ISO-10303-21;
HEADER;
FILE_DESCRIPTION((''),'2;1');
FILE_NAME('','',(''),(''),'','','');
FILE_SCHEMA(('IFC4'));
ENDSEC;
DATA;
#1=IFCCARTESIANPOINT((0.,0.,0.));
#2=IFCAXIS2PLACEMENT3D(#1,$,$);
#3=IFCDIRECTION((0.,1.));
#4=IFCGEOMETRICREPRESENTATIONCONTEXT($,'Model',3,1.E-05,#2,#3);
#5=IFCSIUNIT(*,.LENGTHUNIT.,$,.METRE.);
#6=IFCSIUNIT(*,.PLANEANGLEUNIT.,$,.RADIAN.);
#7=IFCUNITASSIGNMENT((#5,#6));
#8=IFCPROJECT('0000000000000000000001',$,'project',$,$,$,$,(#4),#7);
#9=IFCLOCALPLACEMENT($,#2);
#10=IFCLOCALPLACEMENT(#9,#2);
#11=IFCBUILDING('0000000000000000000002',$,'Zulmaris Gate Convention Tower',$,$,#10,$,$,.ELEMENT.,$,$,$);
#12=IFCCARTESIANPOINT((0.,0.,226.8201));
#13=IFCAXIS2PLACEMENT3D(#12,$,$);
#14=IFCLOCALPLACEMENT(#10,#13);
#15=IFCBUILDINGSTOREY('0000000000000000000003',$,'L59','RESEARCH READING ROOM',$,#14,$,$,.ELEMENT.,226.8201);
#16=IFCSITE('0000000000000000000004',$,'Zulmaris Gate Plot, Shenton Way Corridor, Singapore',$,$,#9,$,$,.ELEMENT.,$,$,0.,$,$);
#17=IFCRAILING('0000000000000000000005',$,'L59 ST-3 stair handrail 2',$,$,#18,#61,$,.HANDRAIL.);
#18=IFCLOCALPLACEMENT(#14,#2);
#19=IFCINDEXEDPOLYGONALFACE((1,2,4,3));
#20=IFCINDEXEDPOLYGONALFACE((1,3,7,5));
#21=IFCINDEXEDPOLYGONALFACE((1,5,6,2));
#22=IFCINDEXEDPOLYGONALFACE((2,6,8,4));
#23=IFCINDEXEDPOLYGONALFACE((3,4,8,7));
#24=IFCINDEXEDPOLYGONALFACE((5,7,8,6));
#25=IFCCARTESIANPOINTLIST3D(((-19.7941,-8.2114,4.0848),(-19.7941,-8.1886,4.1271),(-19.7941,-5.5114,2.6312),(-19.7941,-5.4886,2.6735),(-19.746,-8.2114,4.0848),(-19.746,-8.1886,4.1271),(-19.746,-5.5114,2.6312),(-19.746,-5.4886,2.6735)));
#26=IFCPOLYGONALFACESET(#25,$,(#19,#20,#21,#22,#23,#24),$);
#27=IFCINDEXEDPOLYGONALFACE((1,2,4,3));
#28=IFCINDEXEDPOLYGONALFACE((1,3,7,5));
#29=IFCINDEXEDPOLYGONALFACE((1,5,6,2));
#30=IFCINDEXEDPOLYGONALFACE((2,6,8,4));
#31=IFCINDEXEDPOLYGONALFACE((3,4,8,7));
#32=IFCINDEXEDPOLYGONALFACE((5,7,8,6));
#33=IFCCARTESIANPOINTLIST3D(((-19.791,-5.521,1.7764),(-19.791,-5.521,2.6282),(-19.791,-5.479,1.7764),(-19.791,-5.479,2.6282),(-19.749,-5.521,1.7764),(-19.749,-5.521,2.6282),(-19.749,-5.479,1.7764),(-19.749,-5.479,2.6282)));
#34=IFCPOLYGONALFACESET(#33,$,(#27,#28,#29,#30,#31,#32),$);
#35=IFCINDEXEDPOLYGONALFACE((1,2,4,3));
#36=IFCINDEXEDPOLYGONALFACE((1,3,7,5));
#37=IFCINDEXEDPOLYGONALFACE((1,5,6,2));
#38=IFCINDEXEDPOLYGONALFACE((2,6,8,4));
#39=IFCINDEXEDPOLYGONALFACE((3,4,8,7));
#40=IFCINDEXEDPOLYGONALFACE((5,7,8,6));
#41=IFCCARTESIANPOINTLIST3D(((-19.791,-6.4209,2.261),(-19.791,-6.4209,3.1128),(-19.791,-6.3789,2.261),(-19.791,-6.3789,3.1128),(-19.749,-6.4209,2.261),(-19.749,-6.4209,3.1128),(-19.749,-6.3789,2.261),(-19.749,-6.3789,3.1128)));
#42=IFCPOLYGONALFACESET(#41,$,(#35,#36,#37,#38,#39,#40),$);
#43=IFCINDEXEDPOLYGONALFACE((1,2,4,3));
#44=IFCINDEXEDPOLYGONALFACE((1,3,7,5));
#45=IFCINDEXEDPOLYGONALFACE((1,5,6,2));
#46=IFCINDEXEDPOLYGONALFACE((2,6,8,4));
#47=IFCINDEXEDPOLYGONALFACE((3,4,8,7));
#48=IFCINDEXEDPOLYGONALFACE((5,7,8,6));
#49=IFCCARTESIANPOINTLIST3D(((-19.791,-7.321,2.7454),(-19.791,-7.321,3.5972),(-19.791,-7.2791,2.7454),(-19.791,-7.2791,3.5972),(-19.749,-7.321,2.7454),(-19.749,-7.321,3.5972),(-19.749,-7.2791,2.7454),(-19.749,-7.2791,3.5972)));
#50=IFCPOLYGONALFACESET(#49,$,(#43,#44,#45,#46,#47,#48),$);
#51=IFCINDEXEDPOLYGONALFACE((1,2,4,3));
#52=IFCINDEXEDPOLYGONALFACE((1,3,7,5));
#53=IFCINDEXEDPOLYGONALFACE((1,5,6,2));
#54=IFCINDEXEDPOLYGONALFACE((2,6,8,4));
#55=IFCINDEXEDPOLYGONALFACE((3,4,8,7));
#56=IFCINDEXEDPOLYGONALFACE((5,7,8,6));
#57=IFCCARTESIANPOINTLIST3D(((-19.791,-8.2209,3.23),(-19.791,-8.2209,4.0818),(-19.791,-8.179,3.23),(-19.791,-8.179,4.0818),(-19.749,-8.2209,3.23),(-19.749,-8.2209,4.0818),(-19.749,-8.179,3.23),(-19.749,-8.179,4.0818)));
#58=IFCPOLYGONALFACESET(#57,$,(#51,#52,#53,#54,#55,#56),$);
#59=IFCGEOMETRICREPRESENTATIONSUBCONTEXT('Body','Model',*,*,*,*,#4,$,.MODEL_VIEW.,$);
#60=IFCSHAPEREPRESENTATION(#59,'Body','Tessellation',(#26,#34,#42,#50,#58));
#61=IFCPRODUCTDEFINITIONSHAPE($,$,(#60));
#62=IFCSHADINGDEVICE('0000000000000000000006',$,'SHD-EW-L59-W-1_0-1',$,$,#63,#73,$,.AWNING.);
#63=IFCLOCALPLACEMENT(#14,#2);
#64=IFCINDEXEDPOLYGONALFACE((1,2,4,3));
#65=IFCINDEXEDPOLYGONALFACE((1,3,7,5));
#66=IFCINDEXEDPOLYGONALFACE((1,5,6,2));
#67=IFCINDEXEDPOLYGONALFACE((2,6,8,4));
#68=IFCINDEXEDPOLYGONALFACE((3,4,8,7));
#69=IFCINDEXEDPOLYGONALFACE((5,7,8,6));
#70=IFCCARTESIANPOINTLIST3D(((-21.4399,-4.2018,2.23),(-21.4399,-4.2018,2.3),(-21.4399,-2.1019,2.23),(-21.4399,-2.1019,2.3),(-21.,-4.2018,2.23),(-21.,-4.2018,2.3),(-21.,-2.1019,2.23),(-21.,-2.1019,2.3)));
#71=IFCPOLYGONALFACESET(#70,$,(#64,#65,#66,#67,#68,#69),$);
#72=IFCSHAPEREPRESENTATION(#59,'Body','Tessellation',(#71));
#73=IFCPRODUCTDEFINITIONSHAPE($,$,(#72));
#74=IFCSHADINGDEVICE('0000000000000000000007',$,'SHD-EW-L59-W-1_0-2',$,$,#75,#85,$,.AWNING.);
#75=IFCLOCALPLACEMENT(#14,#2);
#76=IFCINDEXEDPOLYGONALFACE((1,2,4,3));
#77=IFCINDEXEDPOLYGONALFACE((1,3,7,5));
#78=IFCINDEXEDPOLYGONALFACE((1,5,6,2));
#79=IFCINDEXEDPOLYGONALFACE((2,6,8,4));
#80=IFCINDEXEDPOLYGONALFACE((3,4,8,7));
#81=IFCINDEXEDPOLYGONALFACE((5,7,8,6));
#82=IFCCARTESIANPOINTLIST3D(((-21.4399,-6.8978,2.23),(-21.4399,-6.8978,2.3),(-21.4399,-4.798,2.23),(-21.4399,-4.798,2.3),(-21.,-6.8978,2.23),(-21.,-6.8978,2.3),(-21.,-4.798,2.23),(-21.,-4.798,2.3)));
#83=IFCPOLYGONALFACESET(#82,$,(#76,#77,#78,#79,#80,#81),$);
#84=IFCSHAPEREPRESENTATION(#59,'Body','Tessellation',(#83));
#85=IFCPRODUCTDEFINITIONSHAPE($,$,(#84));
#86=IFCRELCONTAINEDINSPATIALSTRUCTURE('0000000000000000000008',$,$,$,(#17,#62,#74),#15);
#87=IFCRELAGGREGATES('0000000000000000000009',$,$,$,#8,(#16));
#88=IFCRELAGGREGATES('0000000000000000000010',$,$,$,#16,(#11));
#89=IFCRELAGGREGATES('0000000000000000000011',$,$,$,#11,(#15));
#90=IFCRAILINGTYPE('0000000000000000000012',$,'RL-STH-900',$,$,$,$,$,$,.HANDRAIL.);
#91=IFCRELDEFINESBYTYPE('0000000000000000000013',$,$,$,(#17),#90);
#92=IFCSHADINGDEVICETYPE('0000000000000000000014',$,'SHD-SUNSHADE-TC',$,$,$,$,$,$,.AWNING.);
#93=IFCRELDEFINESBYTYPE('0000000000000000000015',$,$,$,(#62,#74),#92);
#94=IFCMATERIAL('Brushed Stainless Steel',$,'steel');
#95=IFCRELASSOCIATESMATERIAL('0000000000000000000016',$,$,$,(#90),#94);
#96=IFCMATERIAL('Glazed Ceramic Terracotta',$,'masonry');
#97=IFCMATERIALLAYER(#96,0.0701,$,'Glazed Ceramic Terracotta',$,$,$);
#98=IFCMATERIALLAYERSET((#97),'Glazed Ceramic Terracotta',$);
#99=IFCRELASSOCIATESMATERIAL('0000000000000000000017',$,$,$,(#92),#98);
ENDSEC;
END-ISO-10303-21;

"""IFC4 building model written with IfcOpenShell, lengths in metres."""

from ifc_helpers import new_model, si_unit, direction, frame, frame_2d, origin, origin_2d, place, context, subcontext, project, spatial, rectangle, extrude, material, layer, layer_set, type_object, element, save


model = new_model("IFC4")

# Units and contexts
model_context = context("Model", 3, precision=1e-05, world=origin(), true_north=direction((0.0, 1.0)))
body_context = subcontext(model_context, "Body", "Model", "MODEL_VIEW")
ifc_project = project(units=[si_unit("LENGTHUNIT", "METRE"), si_unit("PLANEANGLEUNIT", "RADIAN")], contexts=[model_context])

# Site, building, storey
site_placement = place(None, origin())
site = spatial("IfcSite", under=ifc_project, at=site_placement, Name="Zulmaris Gate Plot, Shenton Way Corridor, Singapore", CompositionType="ELEMENT", RefElevation=0.0)
building_placement = place(site_placement, origin())
building = spatial("IfcBuilding", under=site, at=building_placement, Name="Zulmaris Gate Convention Tower", CompositionType="ELEMENT")
storey_placement = place(building_placement, frame((0.0, 0.0, 226.8201)))
storey = spatial("IfcBuildingStorey", under=building, at=storey_placement, Name="L59", Description="RESEARCH READING ROOM", CompositionType="ELEMENT", Elevation=226.8201)

# Shared definitions
ifc_material_1 = material(Name="Brushed Stainless Steel", Category="steel")

# Railing
railing_type_1 = type_object("IfcRailingType", Name="RL-STH-900", PredefinedType="HANDRAIL", material=ifc_material_1)
railing_1_placement = place(storey_placement, frame((-19.77, -5.5, 1.7764)))
element("IfcRailing", 1, at=railing_1_placement, inside=storey, type_object=railing_type_1, Name="L59 ST-3 stair handrail 2", PredefinedType="HANDRAIL", context=body_context, shape_type="SweptSolid", body=[
    extrude(rectangle(XDim=0.0481, YDim=0.0481, at=origin_2d()), frame((0.0, 0.0, 0.876), z_axis=(0.0, -0.880499, 0.474048), x_axis=(1.0, 0.0, 0.0)), (0.0, 0.0, 1.0), 3.0664),
    extrude(rectangle(XDim=0.042, YDim=0.042, at=origin_2d()), origin(), (0.0, 0.0, 1.0), 0.8518),
    extrude(rectangle(XDim=0.042, YDim=0.042, at=origin_2d()), frame((0.0, -0.8999, 0.4846)), (0.0, 0.0, 1.0), 0.8518),
    extrude(rectangle(XDim=0.042, YDim=0.042, at=origin_2d()), frame((0.0, -1.8, 0.969)), (0.0, 0.0, 1.0), 0.8518),
    extrude(rectangle(XDim=0.042, YDim=0.042, at=origin_2d()), frame((0.0, -2.7, 1.4536)), (0.0, 0.0, 1.0), 0.8518),
])

# Shading devices
ifc_material_2 = material(Name="Glazed Ceramic Terracotta", Category="masonry")
ifc_layer_1 = layer(ifc_material_2, 0.0701, Name="Glazed Ceramic Terracotta")
ifc_layer_set_1 = layer_set([ifc_layer_1], Name="Glazed Ceramic Terracotta")
shading_device_type = type_object("IfcShadingDeviceType", Name="SHD-SUNSHADE-TC", PredefinedType="AWNING", material=ifc_layer_set_1)
for number, where, z_axis, x_axis, name in (
    (2, (-21.22, -2.1021, 2.23), (0.0, 0.0, 1.0), (0.0, -1.0, 0.0), "SHD-EW-L59-W-1_0-1"),
    (3, (-21.22, -4.7981, 2.23), (0.0, 0.0, 1.0), (0.0, -1.0, 0.0), "SHD-EW-L59-W-1_0-2"),
):
    element("IfcShadingDevice", number, at=place(storey_placement, frame(where, z_axis=z_axis, x_axis=x_axis)), inside=storey, type_object=shading_device_type, Name=name, PredefinedType="AWNING", context=body_context, shape_type="SweptSolid", body=[
        extrude(rectangle(XDim=2.0999, YDim=0.4399, at=frame_2d((1.0498, 0.0))), origin(), (0.0, 0.0, 1.0), 0.0701),
    ])

save(model, "model.ifc")
